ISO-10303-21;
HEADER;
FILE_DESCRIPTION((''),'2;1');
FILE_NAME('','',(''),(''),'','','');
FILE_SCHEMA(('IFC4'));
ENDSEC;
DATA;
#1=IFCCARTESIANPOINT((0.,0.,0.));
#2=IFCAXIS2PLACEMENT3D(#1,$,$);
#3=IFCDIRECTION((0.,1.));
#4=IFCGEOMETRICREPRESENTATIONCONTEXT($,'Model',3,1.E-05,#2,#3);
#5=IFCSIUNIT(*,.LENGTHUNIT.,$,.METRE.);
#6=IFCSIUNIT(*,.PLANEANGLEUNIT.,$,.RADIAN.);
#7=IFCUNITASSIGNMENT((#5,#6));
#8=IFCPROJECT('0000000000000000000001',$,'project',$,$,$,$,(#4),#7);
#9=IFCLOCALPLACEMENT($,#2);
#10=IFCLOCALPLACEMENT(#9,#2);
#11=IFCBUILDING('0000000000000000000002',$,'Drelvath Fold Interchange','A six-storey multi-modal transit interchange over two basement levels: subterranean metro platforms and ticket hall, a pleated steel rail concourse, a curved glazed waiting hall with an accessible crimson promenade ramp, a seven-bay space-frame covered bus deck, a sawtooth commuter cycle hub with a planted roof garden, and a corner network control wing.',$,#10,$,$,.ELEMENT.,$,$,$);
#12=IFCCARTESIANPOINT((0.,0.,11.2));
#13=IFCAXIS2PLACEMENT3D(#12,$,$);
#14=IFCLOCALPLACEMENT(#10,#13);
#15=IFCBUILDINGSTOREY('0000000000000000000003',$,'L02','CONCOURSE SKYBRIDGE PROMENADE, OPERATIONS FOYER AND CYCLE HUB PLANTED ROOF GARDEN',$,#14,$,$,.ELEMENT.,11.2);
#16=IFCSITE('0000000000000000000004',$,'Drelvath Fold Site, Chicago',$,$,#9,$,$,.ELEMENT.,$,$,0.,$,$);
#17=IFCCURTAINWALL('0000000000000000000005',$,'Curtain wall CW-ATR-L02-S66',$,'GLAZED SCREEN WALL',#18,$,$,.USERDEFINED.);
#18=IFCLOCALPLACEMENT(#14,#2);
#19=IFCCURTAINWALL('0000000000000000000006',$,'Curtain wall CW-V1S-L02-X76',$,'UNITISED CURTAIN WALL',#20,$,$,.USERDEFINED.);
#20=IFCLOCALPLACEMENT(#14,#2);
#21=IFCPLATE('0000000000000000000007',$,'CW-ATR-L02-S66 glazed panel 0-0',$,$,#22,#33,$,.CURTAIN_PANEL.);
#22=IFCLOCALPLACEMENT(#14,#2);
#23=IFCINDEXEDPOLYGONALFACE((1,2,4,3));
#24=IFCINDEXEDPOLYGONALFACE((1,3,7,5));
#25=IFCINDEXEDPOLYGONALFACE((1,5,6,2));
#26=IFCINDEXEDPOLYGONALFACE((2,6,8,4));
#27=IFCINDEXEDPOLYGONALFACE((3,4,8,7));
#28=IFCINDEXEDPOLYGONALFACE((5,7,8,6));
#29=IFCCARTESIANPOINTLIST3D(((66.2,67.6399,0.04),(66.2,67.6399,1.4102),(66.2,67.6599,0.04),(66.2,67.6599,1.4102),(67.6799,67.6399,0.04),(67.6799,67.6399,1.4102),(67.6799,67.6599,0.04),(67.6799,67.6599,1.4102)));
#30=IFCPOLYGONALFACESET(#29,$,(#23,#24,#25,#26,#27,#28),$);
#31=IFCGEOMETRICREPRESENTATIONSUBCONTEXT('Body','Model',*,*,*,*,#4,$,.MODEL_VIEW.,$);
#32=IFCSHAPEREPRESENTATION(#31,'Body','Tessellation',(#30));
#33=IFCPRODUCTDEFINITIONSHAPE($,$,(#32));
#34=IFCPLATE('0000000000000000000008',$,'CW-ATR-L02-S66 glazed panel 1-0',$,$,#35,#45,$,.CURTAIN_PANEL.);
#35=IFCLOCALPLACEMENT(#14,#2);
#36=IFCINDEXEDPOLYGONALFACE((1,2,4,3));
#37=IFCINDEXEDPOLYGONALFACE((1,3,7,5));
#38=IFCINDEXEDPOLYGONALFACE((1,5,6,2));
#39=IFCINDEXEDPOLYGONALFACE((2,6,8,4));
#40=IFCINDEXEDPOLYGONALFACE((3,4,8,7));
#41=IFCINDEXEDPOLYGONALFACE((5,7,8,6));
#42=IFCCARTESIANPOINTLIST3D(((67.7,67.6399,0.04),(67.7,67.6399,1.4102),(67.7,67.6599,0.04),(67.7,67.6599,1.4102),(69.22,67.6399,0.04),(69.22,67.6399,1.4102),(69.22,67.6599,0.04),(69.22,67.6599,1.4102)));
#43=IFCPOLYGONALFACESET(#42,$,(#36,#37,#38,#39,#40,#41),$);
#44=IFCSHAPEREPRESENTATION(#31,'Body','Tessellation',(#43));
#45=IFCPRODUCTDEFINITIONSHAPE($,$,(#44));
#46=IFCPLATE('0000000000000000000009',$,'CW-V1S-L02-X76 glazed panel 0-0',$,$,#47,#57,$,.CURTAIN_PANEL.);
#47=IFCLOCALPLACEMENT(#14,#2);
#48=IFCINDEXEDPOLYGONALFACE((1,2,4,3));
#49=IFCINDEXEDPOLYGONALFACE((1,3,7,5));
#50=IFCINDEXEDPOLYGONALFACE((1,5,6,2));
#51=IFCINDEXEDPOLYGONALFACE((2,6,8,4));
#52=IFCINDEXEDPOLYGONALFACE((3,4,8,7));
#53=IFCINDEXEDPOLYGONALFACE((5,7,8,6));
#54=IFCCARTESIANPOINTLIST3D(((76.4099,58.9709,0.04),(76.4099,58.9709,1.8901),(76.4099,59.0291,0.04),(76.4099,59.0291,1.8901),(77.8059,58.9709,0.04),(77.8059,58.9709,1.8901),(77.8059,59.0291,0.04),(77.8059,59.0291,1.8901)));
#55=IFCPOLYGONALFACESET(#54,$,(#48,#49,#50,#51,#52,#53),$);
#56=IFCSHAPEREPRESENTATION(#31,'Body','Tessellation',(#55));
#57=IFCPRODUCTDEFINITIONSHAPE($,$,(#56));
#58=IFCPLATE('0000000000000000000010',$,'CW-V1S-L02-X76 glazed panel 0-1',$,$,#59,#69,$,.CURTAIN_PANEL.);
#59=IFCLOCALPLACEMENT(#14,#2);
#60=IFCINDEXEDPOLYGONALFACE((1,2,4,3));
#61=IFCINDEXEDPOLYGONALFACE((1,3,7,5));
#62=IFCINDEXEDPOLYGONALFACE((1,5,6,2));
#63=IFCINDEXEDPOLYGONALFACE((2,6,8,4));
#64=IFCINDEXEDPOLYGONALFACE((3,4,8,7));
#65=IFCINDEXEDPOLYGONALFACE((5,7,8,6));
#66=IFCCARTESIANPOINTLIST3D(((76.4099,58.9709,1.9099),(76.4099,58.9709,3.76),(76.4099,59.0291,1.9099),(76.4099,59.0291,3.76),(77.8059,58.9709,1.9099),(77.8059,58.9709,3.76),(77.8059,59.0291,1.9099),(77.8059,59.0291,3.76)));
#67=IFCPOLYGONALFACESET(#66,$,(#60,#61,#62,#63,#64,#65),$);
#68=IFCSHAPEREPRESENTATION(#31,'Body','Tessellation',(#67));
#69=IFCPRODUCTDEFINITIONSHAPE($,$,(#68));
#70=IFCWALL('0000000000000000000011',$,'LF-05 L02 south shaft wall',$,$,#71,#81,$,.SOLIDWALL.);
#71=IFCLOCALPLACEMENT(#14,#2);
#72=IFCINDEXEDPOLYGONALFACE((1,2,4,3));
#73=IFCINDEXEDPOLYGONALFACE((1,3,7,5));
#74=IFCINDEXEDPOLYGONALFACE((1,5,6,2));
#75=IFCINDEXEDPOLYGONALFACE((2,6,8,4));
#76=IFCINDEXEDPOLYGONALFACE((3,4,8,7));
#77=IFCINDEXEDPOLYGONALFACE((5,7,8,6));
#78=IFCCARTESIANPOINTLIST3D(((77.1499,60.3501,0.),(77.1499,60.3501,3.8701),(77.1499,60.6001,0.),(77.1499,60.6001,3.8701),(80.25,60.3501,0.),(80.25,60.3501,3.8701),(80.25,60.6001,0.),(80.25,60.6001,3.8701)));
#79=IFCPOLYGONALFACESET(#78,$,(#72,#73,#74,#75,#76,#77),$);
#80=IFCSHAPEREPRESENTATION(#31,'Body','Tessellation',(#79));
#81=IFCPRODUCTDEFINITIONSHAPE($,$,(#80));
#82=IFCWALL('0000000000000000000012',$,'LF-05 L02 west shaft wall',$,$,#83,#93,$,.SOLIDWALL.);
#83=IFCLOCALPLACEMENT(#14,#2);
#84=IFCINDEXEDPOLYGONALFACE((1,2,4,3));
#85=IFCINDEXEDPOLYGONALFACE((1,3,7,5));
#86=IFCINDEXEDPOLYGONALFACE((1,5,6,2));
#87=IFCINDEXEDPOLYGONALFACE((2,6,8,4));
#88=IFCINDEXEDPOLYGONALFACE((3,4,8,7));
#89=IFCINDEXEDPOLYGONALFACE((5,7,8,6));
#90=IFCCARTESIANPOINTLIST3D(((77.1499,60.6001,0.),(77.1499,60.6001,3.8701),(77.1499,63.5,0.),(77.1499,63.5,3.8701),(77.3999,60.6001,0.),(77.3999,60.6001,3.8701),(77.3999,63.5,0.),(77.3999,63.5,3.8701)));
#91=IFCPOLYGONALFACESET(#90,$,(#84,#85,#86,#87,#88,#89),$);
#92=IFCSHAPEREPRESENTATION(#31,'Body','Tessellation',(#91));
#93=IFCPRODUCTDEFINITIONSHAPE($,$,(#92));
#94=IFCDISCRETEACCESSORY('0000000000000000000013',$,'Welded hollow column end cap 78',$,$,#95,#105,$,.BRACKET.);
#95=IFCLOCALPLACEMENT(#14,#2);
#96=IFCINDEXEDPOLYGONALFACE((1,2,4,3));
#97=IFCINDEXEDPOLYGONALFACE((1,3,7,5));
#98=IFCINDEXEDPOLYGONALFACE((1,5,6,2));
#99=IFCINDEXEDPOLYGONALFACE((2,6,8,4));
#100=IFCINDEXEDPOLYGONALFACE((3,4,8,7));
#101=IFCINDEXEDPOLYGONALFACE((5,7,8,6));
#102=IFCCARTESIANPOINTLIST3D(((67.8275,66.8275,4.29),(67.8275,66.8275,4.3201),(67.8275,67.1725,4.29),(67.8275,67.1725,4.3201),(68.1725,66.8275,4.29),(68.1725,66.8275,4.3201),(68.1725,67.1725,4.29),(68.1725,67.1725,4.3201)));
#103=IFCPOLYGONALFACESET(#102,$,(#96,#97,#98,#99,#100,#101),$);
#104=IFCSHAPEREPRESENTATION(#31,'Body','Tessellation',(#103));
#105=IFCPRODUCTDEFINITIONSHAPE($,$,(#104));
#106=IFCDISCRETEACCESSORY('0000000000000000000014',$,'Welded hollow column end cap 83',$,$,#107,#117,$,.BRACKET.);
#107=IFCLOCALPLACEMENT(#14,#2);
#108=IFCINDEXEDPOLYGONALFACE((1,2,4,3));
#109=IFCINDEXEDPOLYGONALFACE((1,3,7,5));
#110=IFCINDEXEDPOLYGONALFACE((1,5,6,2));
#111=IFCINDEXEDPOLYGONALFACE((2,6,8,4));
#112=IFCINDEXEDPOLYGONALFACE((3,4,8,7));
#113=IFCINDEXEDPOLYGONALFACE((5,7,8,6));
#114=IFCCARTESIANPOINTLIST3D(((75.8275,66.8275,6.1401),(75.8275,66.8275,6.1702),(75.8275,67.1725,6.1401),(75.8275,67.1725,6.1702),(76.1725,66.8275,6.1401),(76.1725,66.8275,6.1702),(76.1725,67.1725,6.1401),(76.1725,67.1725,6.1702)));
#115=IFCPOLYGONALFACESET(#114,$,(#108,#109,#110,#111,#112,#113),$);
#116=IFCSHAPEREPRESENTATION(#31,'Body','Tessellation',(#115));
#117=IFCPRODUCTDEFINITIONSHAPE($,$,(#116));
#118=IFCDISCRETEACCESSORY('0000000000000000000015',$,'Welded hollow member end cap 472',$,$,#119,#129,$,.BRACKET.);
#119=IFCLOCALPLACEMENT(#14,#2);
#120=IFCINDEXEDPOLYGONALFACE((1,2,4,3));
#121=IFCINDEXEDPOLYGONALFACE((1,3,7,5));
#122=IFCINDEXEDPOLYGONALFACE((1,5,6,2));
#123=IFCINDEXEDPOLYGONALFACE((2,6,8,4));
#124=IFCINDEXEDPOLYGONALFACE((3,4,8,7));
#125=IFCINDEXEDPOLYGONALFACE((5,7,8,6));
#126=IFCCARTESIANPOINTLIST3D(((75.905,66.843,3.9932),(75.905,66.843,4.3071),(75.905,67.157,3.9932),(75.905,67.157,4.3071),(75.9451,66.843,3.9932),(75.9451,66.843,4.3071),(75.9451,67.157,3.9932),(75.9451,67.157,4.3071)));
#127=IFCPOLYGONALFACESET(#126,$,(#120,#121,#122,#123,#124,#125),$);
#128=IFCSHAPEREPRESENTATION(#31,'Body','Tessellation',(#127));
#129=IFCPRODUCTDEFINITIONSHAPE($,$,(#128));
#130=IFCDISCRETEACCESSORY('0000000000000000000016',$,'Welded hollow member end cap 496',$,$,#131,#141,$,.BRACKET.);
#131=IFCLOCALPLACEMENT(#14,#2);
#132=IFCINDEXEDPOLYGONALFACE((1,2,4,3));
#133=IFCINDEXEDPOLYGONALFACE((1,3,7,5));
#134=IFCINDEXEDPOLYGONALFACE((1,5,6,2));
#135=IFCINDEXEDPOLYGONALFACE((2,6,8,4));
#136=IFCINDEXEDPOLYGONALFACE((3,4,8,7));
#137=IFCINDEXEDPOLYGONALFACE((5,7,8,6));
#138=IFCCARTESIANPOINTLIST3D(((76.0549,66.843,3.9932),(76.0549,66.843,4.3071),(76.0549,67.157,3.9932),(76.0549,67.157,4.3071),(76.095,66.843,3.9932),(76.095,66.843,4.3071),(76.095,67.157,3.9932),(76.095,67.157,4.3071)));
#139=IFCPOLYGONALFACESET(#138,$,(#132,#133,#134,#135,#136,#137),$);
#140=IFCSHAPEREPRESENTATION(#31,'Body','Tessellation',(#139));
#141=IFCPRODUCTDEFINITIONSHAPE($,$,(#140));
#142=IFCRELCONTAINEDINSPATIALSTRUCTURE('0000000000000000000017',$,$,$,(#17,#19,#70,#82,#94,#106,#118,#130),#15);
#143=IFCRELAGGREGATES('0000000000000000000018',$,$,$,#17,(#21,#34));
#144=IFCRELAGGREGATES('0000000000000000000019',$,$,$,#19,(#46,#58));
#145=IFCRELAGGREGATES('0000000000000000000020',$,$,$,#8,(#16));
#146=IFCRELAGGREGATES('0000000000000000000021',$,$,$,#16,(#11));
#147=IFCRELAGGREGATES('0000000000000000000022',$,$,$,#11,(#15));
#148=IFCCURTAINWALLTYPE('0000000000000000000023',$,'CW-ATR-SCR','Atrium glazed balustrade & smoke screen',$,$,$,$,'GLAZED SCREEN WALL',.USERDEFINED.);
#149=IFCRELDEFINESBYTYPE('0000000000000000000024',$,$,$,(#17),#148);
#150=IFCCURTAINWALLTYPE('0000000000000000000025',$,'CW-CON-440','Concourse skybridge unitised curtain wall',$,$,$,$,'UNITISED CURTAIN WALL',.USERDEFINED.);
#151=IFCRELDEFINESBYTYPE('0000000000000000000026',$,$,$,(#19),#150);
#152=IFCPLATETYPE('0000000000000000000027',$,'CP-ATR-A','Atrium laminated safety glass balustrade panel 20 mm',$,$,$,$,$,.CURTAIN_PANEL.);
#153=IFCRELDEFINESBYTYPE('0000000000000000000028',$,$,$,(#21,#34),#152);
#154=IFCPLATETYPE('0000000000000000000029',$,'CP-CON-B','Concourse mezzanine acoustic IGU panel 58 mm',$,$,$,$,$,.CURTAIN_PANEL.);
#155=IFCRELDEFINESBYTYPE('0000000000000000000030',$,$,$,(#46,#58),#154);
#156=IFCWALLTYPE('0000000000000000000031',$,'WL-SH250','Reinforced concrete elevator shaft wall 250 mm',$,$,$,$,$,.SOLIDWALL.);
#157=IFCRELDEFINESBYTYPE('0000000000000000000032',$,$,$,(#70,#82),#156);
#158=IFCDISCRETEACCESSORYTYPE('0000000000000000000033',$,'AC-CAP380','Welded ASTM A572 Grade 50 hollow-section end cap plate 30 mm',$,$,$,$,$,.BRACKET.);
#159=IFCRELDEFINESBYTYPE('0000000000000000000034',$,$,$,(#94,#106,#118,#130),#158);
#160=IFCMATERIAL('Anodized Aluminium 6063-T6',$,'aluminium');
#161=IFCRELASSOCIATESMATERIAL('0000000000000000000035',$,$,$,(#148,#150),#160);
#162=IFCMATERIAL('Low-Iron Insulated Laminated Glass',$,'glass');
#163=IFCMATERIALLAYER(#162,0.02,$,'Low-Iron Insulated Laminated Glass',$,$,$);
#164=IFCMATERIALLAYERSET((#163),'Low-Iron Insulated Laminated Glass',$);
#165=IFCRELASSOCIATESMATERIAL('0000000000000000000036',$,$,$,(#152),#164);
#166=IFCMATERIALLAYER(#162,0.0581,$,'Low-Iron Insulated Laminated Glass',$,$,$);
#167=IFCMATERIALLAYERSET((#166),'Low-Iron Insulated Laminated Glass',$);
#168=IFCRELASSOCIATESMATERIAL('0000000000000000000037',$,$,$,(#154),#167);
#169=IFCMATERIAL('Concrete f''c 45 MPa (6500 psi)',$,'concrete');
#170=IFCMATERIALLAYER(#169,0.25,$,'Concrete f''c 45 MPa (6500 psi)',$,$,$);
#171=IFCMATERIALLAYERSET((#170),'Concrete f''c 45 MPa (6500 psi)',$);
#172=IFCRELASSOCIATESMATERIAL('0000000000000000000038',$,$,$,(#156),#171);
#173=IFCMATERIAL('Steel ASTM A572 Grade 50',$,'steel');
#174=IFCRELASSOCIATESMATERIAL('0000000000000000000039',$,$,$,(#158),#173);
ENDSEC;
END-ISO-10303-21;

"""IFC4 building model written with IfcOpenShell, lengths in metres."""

from ifc_helpers import new_model, si_unit, direction, frame, frame_2d, origin, origin_2d, place, context, subcontext, project, spatial, rectangle, extrude, material, layer, layer_set, type_object, element, aggregate, save


model = new_model("IFC4")

# Units and contexts
model_context = context("Model", 3, precision=1e-05, world=origin(), true_north=direction((0.0, 1.0)))
body_context = subcontext(model_context, "Body", "Model", "MODEL_VIEW")
ifc_project = project(units=[si_unit("LENGTHUNIT", "METRE"), si_unit("PLANEANGLEUNIT", "RADIAN")], contexts=[model_context])

# Site, building, storey
site_placement = place(None, origin())
site = spatial("IfcSite", under=ifc_project, at=site_placement, Name="Drelvath Fold Site, Chicago", CompositionType="ELEMENT", RefElevation=0.0)
building_placement = place(site_placement, origin())
building = spatial("IfcBuilding", under=site, at=building_placement, Name="Drelvath Fold Interchange", Description="A six-storey multi-modal transit interchange over two basement levels: subterranean metro platforms and ticket hall, a pleated steel rail concourse, a curved glazed waiting hall with an accessible crimson promenade ramp, a seven-bay space-frame covered bus deck, a sawtooth commuter cycle hub with a planted roof garden, and a corner network control wing.", CompositionType="ELEMENT")
storey_placement = place(building_placement, frame((0.0, 0.0, 11.2)))
storey = spatial("IfcBuildingStorey", under=building, at=storey_placement, Name="L02", Description="CONCOURSE SKYBRIDGE PROMENADE, OPERATIONS FOYER AND CYCLE HUB PLANTED ROOF GARDEN", CompositionType="ELEMENT", Elevation=11.2)

# Curtain wall
ifc_material_1 = material(Name="Anodized Aluminium 6063-T6", Category="aluminium")
curtain_wall_type_1 = type_object("IfcCurtainWallType", Name="CW-ATR-SCR", Description="Atrium glazed balustrade & smoke screen", ElementType="GLAZED SCREEN WALL", PredefinedType="USERDEFINED", material=ifc_material_1)
curtain_wall_1_placement = place(storey_placement, origin())
curtain_wall_1 = element("IfcCurtainWall", 1, at=curtain_wall_1_placement, inside=storey, type_object=curtain_wall_type_1, Name="Curtain wall CW-ATR-L02-S66", ObjectType="GLAZED SCREEN WALL", PredefinedType="USERDEFINED")

# Curtain wall
curtain_wall_type_2 = type_object("IfcCurtainWallType", Name="CW-CON-440", Description="Concourse skybridge unitised curtain wall", ElementType="UNITISED CURTAIN WALL", PredefinedType="USERDEFINED", material=ifc_material_1)
curtain_wall_2_placement = place(storey_placement, origin())
curtain_wall_2 = element("IfcCurtainWall", 2, at=curtain_wall_2_placement, inside=storey, type_object=curtain_wall_type_2, Name="Curtain wall CW-V1S-L02-X76", ObjectType="UNITISED CURTAIN WALL", PredefinedType="USERDEFINED")

# Plates
ifc_material_2 = material(Name="Low-Iron Insulated Laminated Glass", Category="glass")
ifc_layer_1 = layer(ifc_material_2, 0.02, Name="Low-Iron Insulated Laminated Glass")
ifc_layer_set_1 = layer_set([ifc_layer_1], Name="Low-Iron Insulated Laminated Glass")
plate_type_1 = type_object("IfcPlateType", Name="CP-ATR-A", Description="Atrium laminated safety glass balustrade panel 20 mm", PredefinedType="CURTAIN_PANEL", material=ifc_layer_set_1)
plate_1_placement = place(storey_placement, frame((66.9399, 67.6499, 0.04), z_axis=(0.0, 0.0, 1.0), x_axis=(1.0, 0.0, 0.0)))
plate_1 = element("IfcPlate", 3, at=plate_1_placement, type_object=plate_type_1, Name="CW-ATR-L02-S66 glazed panel 0-0", PredefinedType="CURTAIN_PANEL", context=body_context, shape_type="SweptSolid", body=[
    extrude(rectangle(XDim=1.48, YDim=0.02, at=origin_2d()), origin(), (0.0, 0.0, 1.0), 1.3701),
])
plate_2_placement = place(storey_placement, frame((68.46, 67.6499, 0.04), z_axis=(0.0, 0.0, 1.0), x_axis=(1.0, 0.0, 0.0)))
plate_2 = element("IfcPlate", 4, at=plate_2_placement, type_object=plate_type_1, Name="CW-ATR-L02-S66 glazed panel 1-0", PredefinedType="CURTAIN_PANEL", context=body_context, shape_type="SweptSolid", body=[
    extrude(rectangle(XDim=1.52, YDim=0.02, at=origin_2d()), origin(), (0.0, 0.0, 1.0), 1.3701),
])
aggregate(curtain_wall_1, [plate_1, plate_2])
ifc_layer_2 = layer(ifc_material_2, 0.0581, Name="Low-Iron Insulated Laminated Glass")
ifc_layer_set_2 = layer_set([ifc_layer_2], Name="Low-Iron Insulated Laminated Glass")
plate_type_2 = type_object("IfcPlateType", Name="CP-CON-B", Description="Concourse mezzanine acoustic IGU panel 58 mm", PredefinedType="CURTAIN_PANEL", material=ifc_layer_set_2)
plate_3_placement = place(storey_placement, frame((77.1079, 59.0, 0.04), z_axis=(0.0, 0.0, 1.0), x_axis=(1.0, 0.0, 0.0)))
plate_3 = element("IfcPlate", 5, at=plate_3_placement, type_object=plate_type_2, Name="CW-V1S-L02-X76 glazed panel 0-0", PredefinedType="CURTAIN_PANEL", context=body_context, shape_type="SweptSolid", body=[
    extrude(rectangle(XDim=1.396, YDim=0.0581, at=origin_2d()), origin(), (0.0, 0.0, 1.0), 1.8501),
])
plate_4_placement = place(storey_placement, frame((77.1079, 59.0, 1.9099), z_axis=(0.0, 0.0, 1.0), x_axis=(1.0, 0.0, 0.0)))
plate_4 = element("IfcPlate", 6, at=plate_4_placement, type_object=plate_type_2, Name="CW-V1S-L02-X76 glazed panel 0-1", PredefinedType="CURTAIN_PANEL", context=body_context, shape_type="SweptSolid", body=[
    extrude(rectangle(XDim=1.396, YDim=0.0581, at=origin_2d()), origin(), (0.0, 0.0, 1.0), 1.8501),
])
aggregate(curtain_wall_2, [plate_3, plate_4])

# Walls
ifc_material_3 = material(Name="Concrete f'c 45 MPa (6500 psi)", Category="concrete")
ifc_layer_3 = layer(ifc_material_3, 0.25, Name="Concrete f'c 45 MPa (6500 psi)")
ifc_layer_set_3 = layer_set([ifc_layer_3], Name="Concrete f'c 45 MPa (6500 psi)")
wall_type = type_object("IfcWallType", Name="WL-SH250", Description="Reinforced concrete elevator shaft wall 250 mm", PredefinedType="SOLIDWALL", material=ifc_layer_set_3)
wall_1_placement = place(storey_placement, frame((77.1499, 60.4751, 0.0), z_axis=(0.0, 0.0, 1.0), x_axis=(1.0, 0.0, 0.0)))
element("IfcWall", 7, at=wall_1_placement, inside=storey, type_object=wall_type, Name="LF-05 L02 south shaft wall", PredefinedType="SOLIDWALL", context=body_context, shape_type="SweptSolid", body=[
    extrude(rectangle(XDim=3.1001, YDim=0.25, at=frame_2d((1.55, 0.0))), origin(), (0.0, 0.0, 1.0), 3.8701),
])
wall_2_placement = place(storey_placement, frame((77.2749, 63.5, 0.0), z_axis=(0.0, 0.0, 1.0), x_axis=(0.0, -1.0, 0.0)))
element("IfcWall", 8, at=wall_2_placement, inside=storey, type_object=wall_type, Name="LF-05 L02 west shaft wall", PredefinedType="SOLIDWALL", context=body_context, shape_type="SweptSolid", body=[
    extrude(rectangle(XDim=2.8999, YDim=0.25, at=frame_2d((1.45, 0.0))), origin(), (0.0, 0.0, 1.0), 3.8701),
])

# Discrete accessories
ifc_material_4 = material(Name="Steel ASTM A572 Grade 50", Category="steel")
discrete_accessory_type = type_object("IfcDiscreteAccessoryType", Name="AC-CAP380", Description="Welded ASTM A572 Grade 50 hollow-section end cap plate 30 mm", PredefinedType="BRACKET", material=ifc_material_4)
for number, where, z_axis, x_axis, name in (
    (9, (68.0, 67.0, 4.29), (0.0, 0.0, 1.0), (1.0, 0.0, 0.0), "Welded hollow column end cap 78"),
    (10, (76.0, 67.0, 6.1401), (0.0, 0.0, 1.0), (1.0, 0.0, 0.0), "Welded hollow column end cap 83"),
):
    element("IfcDiscreteAccessory", number, at=place(storey_placement, frame(where, z_axis=z_axis, x_axis=x_axis)), inside=storey, type_object=discrete_accessory_type, Name=name, PredefinedType="BRACKET", context=body_context, shape_type="SweptSolid", body=[
        extrude(rectangle(XDim=0.345, YDim=0.345, at=origin_2d()), origin(), (0.0, 0.0, 1.0), 0.03),
    ])
for number, where, z_axis, x_axis, name in (
    (11, (75.925, 67.0, 3.9932), (0.0, 0.0, 1.0), (1.0, 0.0, 0.0), "Welded hollow member end cap 472"),
    (12, (76.075, 67.0, 3.9932), (0.0, 0.0, 1.0), (1.0, 0.0, 0.0), "Welded hollow member end cap 496"),
):
    element("IfcDiscreteAccessory", number, at=place(storey_placement, frame(where, z_axis=z_axis, x_axis=x_axis)), inside=storey, type_object=discrete_accessory_type, Name=name, PredefinedType="BRACKET", context=body_context, shape_type="SweptSolid", body=[
        extrude(rectangle(XDim=0.04, YDim=0.314, at=origin_2d()), origin(), (0.0, 0.0, 1.0), 0.314),
    ])

save(model, "model.ifc")
